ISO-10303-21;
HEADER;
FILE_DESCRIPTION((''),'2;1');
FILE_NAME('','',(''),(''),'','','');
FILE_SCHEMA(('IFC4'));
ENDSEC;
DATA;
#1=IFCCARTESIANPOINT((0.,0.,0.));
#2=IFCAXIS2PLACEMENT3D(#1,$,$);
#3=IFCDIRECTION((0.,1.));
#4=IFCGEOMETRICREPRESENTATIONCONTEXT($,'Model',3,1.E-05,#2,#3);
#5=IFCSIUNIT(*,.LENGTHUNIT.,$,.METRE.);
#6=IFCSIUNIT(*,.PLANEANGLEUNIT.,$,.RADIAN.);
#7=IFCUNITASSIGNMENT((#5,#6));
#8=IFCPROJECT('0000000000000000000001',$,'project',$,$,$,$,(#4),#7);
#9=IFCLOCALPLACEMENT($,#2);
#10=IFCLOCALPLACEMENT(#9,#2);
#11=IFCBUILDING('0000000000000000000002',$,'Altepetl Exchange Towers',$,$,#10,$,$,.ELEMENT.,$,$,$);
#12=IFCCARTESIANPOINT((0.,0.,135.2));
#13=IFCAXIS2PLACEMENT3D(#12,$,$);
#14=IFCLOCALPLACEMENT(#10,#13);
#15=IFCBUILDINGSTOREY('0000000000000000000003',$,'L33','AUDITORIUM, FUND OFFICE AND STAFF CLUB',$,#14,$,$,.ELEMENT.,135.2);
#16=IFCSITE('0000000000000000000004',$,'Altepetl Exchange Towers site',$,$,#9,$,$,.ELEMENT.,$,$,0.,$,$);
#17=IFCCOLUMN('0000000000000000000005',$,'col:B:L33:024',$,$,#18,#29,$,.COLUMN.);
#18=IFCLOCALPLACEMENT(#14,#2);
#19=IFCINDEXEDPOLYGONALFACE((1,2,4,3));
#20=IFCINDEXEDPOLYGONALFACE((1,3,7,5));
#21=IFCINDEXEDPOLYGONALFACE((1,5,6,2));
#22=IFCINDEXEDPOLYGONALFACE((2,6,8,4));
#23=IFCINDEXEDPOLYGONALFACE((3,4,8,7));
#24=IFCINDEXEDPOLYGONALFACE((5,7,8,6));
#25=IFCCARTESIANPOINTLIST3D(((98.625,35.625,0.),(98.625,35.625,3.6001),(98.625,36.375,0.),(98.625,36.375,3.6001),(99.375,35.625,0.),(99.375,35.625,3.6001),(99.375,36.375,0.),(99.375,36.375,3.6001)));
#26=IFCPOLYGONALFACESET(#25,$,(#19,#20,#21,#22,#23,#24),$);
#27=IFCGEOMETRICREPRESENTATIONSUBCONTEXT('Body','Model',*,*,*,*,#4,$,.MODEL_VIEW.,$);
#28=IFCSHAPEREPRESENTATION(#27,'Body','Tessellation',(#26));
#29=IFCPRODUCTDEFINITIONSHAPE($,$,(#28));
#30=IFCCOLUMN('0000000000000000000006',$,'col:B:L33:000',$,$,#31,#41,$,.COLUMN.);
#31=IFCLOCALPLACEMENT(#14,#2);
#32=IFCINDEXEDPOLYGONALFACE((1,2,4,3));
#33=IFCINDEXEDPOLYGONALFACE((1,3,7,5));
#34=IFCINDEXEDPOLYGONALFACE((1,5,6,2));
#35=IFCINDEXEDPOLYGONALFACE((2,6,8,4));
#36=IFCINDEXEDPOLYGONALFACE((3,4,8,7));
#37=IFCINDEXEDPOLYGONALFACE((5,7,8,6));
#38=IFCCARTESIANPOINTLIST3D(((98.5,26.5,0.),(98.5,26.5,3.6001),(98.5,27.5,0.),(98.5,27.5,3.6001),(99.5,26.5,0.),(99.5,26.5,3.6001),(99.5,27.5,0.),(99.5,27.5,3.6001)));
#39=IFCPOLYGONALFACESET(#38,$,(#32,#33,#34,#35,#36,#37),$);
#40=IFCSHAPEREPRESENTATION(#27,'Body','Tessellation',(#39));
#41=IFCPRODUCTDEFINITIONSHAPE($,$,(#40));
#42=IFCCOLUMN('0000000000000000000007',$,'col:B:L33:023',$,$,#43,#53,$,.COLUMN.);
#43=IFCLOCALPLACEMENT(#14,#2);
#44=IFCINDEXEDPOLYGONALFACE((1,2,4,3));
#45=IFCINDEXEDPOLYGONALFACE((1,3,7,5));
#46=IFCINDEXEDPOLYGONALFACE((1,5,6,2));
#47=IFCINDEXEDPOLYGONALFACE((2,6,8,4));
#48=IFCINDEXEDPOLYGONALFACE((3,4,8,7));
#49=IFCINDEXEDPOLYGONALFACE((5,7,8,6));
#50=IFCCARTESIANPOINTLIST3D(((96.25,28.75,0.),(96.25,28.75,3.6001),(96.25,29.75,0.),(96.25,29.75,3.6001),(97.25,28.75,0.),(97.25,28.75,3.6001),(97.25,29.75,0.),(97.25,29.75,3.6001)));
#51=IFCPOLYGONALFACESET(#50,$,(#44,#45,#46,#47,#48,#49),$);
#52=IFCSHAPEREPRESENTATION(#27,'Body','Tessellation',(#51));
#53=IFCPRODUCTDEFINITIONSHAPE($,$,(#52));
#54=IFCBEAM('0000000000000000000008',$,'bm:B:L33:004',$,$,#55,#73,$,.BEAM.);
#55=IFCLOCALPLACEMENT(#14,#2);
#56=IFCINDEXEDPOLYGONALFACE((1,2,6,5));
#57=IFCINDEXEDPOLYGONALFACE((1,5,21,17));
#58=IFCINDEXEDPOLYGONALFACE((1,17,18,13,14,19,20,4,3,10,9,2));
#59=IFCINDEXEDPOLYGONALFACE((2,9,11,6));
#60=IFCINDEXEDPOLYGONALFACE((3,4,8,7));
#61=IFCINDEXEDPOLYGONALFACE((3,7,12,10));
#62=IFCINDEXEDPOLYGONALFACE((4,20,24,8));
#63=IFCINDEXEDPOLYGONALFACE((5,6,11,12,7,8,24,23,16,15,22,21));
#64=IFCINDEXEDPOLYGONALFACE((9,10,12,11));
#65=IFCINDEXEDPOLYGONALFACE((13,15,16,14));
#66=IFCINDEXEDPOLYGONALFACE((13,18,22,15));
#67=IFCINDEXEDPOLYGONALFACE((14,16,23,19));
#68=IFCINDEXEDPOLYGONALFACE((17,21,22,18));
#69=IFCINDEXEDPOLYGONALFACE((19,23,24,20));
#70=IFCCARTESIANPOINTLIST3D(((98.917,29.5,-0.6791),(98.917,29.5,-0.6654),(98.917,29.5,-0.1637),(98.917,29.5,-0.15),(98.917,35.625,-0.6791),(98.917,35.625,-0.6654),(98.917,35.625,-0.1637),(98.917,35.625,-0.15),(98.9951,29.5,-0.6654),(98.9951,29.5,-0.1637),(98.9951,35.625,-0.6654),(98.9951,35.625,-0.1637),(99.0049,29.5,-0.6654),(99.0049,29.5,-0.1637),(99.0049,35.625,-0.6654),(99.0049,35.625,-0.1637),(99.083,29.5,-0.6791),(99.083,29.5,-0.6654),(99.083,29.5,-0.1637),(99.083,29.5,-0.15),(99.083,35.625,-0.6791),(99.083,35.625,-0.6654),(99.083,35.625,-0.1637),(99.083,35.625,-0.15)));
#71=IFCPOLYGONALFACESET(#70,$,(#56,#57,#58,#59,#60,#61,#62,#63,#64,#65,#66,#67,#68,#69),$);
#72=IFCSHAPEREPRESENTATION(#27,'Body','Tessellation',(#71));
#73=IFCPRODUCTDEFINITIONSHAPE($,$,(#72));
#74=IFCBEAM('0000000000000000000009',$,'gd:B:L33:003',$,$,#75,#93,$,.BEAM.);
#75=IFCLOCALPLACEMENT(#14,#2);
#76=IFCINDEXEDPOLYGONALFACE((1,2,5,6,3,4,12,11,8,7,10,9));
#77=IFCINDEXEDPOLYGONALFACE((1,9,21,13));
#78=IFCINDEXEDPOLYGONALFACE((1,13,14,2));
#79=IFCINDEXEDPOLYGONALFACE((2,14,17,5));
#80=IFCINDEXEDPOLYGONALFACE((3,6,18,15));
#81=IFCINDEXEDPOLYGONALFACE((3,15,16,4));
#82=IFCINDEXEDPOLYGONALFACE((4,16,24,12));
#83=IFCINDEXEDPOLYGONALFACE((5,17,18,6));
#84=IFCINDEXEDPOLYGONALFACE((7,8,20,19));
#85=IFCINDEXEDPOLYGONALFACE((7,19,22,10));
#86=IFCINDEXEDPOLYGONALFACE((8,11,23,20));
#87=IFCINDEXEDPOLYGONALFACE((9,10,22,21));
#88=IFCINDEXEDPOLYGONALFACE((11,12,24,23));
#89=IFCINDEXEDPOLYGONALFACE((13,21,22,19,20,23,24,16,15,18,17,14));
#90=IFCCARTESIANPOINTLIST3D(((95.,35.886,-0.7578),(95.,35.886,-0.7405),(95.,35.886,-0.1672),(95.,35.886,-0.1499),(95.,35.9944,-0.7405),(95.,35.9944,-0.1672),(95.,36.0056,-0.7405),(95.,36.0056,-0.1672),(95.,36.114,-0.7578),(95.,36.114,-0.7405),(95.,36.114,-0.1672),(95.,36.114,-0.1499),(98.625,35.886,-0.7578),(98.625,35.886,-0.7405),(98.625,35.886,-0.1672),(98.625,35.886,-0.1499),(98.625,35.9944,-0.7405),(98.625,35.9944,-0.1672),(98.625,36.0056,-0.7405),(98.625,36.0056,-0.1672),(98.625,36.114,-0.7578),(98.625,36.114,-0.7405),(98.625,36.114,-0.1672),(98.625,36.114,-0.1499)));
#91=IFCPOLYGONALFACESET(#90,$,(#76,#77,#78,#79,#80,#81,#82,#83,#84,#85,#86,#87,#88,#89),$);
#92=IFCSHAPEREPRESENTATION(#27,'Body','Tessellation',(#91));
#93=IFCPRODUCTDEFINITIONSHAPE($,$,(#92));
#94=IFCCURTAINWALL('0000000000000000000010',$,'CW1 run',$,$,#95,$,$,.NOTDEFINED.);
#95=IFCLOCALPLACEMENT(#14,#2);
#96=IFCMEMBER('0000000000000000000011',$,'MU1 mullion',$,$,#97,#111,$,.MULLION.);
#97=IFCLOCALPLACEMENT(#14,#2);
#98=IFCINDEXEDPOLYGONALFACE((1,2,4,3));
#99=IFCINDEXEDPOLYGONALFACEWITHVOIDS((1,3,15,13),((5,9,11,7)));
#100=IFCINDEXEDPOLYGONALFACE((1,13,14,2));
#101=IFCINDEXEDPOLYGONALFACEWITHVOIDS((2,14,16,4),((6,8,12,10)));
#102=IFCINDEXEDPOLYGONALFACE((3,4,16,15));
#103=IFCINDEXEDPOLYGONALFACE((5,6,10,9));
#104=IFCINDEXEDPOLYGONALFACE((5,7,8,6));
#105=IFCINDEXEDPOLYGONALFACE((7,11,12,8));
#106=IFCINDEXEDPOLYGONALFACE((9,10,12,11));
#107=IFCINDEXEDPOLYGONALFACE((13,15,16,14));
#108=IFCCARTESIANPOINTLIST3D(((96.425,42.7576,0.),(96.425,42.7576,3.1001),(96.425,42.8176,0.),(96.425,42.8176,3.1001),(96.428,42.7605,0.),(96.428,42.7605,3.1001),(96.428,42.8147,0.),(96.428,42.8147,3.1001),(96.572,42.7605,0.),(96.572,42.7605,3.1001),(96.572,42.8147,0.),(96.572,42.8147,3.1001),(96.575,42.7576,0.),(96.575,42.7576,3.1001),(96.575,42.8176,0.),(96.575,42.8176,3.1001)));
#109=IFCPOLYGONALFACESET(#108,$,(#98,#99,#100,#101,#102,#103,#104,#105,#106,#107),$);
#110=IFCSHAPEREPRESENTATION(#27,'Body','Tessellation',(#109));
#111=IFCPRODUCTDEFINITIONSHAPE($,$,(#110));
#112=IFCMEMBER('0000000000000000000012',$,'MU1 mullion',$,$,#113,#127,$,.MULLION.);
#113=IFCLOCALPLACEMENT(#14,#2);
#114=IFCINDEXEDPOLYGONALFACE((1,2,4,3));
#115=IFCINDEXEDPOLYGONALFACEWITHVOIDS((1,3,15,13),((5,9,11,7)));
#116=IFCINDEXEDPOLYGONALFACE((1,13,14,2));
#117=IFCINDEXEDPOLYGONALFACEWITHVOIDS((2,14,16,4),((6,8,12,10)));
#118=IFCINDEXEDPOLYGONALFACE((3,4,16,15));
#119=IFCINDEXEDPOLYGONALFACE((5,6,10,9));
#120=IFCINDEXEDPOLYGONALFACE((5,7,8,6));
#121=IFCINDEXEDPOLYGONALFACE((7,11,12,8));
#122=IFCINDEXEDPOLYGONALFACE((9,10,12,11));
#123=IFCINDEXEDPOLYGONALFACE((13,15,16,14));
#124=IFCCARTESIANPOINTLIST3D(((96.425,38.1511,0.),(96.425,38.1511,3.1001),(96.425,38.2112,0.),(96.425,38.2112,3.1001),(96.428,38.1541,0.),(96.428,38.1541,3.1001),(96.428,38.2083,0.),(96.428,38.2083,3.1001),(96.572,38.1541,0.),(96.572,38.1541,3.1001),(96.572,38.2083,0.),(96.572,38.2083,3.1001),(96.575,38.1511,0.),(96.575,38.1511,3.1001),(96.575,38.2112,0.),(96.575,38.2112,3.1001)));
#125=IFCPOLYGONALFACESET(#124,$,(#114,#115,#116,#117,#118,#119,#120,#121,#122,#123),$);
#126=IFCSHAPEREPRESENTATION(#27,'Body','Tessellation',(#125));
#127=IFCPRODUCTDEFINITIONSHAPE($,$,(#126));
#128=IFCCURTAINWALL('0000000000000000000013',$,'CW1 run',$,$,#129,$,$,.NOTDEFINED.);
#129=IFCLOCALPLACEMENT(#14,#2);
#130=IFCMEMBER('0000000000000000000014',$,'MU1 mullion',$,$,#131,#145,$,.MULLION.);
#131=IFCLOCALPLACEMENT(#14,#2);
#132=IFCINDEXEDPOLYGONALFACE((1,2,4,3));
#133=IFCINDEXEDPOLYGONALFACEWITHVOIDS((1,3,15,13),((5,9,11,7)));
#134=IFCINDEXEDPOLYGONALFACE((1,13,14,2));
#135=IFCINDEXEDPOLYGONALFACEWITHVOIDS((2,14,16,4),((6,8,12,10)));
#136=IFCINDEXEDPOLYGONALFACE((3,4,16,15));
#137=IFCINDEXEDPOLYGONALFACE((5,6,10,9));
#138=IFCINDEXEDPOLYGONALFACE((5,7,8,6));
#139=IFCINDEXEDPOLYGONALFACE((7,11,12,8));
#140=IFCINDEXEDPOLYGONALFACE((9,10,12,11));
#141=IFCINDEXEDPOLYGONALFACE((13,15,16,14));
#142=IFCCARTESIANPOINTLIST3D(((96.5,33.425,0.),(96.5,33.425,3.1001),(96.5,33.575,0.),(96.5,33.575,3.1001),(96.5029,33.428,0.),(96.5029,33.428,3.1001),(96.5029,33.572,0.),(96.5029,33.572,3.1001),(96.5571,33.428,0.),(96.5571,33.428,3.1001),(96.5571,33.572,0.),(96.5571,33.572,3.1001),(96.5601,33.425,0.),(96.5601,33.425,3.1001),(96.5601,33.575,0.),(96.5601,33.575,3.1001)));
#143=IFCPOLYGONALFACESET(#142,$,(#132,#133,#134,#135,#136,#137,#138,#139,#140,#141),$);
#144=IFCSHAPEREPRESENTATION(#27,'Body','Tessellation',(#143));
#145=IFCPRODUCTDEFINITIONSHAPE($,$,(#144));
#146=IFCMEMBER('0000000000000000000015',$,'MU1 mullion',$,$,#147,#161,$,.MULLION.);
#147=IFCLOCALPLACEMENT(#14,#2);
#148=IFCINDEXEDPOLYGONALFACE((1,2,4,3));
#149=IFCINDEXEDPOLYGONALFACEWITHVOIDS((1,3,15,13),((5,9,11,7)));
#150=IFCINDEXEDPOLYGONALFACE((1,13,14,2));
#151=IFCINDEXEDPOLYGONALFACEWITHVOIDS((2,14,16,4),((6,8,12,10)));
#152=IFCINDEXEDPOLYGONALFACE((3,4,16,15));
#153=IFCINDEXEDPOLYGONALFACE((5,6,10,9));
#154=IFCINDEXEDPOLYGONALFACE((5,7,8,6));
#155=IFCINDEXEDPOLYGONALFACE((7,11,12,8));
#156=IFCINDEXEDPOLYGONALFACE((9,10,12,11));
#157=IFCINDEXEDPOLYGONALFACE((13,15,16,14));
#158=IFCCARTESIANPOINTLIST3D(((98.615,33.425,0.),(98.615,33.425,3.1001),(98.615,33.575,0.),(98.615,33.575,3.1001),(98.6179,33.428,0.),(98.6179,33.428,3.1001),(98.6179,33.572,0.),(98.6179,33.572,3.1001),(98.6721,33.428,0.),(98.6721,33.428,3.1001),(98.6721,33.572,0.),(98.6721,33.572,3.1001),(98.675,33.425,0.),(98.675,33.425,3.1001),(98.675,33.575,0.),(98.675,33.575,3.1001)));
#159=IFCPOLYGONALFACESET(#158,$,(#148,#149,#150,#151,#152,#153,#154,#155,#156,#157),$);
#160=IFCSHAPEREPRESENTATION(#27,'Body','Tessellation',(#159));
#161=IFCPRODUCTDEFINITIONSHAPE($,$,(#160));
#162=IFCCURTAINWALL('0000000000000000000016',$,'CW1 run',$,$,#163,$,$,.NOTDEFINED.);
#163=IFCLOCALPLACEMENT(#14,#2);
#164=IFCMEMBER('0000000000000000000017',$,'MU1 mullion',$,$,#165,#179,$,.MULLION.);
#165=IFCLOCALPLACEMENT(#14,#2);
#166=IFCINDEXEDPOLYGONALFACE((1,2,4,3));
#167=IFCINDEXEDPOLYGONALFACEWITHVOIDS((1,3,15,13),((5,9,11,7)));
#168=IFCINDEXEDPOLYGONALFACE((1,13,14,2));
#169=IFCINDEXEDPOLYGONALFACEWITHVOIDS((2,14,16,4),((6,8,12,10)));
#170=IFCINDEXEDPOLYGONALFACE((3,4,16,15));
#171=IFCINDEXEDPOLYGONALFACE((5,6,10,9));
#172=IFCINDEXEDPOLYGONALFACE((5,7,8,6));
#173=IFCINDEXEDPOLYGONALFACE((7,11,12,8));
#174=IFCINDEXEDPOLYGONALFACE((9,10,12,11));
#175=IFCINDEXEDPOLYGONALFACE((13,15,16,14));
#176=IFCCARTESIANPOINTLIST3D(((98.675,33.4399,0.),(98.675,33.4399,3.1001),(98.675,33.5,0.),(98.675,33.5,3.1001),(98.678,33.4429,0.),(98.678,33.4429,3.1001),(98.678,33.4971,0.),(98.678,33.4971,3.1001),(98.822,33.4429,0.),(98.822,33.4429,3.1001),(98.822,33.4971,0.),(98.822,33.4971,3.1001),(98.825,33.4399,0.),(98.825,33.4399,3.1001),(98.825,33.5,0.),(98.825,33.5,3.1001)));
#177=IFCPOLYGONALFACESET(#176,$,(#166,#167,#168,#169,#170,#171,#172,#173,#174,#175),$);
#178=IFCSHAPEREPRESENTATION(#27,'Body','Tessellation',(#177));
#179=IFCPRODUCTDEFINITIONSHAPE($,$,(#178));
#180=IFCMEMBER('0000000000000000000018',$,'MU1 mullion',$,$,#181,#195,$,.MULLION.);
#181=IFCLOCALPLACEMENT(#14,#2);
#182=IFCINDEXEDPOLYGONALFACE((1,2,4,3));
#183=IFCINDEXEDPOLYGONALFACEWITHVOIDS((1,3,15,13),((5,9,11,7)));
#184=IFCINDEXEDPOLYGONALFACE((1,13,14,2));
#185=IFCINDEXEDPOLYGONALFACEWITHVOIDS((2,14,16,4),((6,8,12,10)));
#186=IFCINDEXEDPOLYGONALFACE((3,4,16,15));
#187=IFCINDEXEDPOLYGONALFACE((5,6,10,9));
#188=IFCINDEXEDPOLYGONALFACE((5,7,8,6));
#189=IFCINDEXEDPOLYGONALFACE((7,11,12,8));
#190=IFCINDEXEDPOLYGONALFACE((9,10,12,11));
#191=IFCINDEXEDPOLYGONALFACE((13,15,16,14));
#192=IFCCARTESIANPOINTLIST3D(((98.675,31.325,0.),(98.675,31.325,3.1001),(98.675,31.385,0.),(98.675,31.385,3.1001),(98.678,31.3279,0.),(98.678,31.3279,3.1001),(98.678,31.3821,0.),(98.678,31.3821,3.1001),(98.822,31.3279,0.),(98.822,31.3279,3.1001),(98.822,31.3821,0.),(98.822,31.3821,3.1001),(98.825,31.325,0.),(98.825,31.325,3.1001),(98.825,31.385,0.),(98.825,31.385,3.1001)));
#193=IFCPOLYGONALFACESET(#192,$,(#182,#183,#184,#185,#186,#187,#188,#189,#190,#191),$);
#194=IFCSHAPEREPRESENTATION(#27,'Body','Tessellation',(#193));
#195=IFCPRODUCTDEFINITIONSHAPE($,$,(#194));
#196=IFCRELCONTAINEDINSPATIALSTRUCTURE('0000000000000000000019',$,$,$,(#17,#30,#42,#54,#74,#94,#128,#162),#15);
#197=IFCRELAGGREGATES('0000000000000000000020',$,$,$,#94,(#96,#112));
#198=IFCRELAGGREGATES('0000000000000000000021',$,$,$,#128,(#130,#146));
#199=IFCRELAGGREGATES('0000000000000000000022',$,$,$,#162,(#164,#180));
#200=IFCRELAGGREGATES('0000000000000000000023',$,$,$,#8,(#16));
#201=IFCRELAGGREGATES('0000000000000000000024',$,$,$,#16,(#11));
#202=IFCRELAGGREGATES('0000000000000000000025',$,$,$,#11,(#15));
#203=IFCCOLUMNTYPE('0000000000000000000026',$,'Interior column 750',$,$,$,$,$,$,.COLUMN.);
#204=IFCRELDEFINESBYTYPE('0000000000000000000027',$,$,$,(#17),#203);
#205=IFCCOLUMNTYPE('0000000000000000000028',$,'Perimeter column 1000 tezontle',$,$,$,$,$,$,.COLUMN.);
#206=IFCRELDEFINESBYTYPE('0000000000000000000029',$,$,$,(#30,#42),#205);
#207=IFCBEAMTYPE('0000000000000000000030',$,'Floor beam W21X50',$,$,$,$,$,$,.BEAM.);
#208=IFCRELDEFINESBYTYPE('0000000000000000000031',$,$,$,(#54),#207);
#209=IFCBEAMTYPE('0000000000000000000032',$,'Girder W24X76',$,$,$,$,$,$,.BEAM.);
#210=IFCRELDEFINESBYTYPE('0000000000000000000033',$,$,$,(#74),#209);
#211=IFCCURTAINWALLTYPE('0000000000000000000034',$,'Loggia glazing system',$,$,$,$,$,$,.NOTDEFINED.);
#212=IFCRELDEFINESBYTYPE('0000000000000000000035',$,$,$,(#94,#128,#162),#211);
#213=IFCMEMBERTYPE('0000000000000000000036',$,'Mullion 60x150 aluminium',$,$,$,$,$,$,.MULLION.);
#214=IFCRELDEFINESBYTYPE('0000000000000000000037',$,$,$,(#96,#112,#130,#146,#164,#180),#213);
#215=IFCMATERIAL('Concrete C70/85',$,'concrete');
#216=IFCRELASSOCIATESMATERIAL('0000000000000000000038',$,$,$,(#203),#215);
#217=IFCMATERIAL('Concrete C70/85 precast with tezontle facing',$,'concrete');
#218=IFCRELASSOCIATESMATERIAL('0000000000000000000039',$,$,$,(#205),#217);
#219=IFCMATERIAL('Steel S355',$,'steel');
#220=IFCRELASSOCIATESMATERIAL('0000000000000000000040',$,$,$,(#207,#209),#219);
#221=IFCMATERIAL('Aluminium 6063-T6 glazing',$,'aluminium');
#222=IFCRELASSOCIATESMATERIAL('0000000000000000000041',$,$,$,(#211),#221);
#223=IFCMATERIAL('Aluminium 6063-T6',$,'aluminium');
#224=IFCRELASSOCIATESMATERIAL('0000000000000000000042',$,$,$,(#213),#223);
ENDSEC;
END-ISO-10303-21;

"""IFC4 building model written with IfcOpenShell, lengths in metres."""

from ifc_helpers import new_model, si_unit, direction, frame, origin, origin_2d, place, context, subcontext, project, spatial, rectangle, hollow_rectangle, i_section, extrude, material, material_profile, profile_set, type_object, element, aggregate, save


model = new_model("IFC4")

# Units and contexts
model_context = context("Model", 3, precision=1e-05, world=origin(), true_north=direction((0.0, 1.0)))
body_context = subcontext(model_context, "Body", "Model", "MODEL_VIEW")
ifc_project = project(units=[si_unit("LENGTHUNIT", "METRE"), si_unit("PLANEANGLEUNIT", "RADIAN")], contexts=[model_context])

# Site, building, storey
site_placement = place(None, origin())
site = spatial("IfcSite", under=ifc_project, at=site_placement, Name="Altepetl Exchange Towers site", CompositionType="ELEMENT", RefElevation=0.0)
building_placement = place(site_placement, origin())
building = spatial("IfcBuilding", under=site, at=building_placement, Name="Altepetl Exchange Towers", CompositionType="ELEMENT")
storey_placement = place(building_placement, frame((0.0, 0.0, 135.2)))
storey = spatial("IfcBuildingStorey", under=building, at=storey_placement, Name="L33", Description="AUDITORIUM, FUND OFFICE AND STAFF CLUB", CompositionType="ELEMENT", Elevation=135.2)

# Columns
ifc_material_1 = material(Name="Concrete C70/85", Category="concrete")
ifc_material_profile_1 = material_profile(ifc_material_1, rectangle(XDim=0.75, YDim=0.75, at=origin_2d()), Name="750 x 750")
ifc_profile_set_1 = profile_set([ifc_material_profile_1], Name="Concrete C70/85")
column_type_1 = type_object("IfcColumnType", Name="Interior column 750", PredefinedType="COLUMN", material=ifc_profile_set_1)
column_placement = place(storey_placement, frame((99.0, 36.0, 0.0)))
element("IfcColumn", 1, at=column_placement, inside=storey, type_object=column_type_1, Name="col:B:L33:024", PredefinedType="COLUMN", context=body_context, shape_type="SweptSolid", body=[
    extrude(rectangle(XDim=0.75, YDim=0.75, at=origin_2d()), origin(), (0.0, 0.0, 1.0), 3.6001),
])
ifc_material_2 = material(Name="Concrete C70/85 precast with tezontle facing", Category="concrete")
ifc_material_profile_2 = material_profile(ifc_material_2, rectangle(XDim=1.0, YDim=1.0, at=origin_2d()), Name="1000 x 1000")
ifc_profile_set_2 = profile_set([ifc_material_profile_2], Name="Concrete C70/85 precast with tezontle facing")
column_type_2 = type_object("IfcColumnType", Name="Perimeter column 1000 tezontle", PredefinedType="COLUMN", material=ifc_profile_set_2)
for number, where, name in (
    (2, (99.0, 27.0, 0.0), "col:B:L33:000"),
    (3, (96.75, 29.25, 0.0), "col:B:L33:023"),
):
    element("IfcColumn", number, at=place(storey_placement, frame(where)), inside=storey, type_object=column_type_2, Name=name, PredefinedType="COLUMN", context=body_context, shape_type="SweptSolid", body=[
        extrude(rectangle(XDim=1.0, YDim=1.0, at=origin_2d()), origin(), (0.0, 0.0, 1.0), 3.6001),
    ])

# Beams
ifc_material_3 = material(Name="Steel S355", Category="steel")
ifc_material_profile_3 = material_profile(ifc_material_3, i_section(OverallWidth=0.166, OverallDepth=0.5291, WebThickness=0.0098, FlangeThickness=0.0137, at=origin_2d()), Name="W21X50")
ifc_profile_set_3 = profile_set([ifc_material_profile_3], Name="Steel S355")
beam_type_1 = type_object("IfcBeamType", Name="Floor beam W21X50", PredefinedType="BEAM", material=ifc_profile_set_3)
beam_1_placement = place(storey_placement, frame((99.0, 29.5, -0.4146), z_axis=(0.0, 1.0, 0.0), x_axis=(-1.0, 0.0, 0.0)))
element("IfcBeam", 4, at=beam_1_placement, inside=storey, type_object=beam_type_1, Name="bm:B:L33:004", PredefinedType="BEAM", context=body_context, shape_type="SweptSolid", body=[
    extrude(i_section(OverallWidth=0.166, OverallDepth=0.5291, WebThickness=0.0098, FlangeThickness=0.0137, at=origin_2d()), origin(), (0.0, 0.0, 1.0), 6.125),
])
ifc_material_profile_4 = material_profile(ifc_material_3, i_section(OverallWidth=0.228, OverallDepth=0.6079, WebThickness=0.0112, FlangeThickness=0.0173, at=origin_2d()), Name="W24X76")
ifc_profile_set_4 = profile_set([ifc_material_profile_4], Name="Steel S355")
beam_type_2 = type_object("IfcBeamType", Name="Girder W24X76", PredefinedType="BEAM", material=ifc_profile_set_4)
beam_2_placement = place(storey_placement, frame((98.625, 36.0, -0.4539), z_axis=(-1.0, 0.0, 0.0), x_axis=(0.0, -1.0, 0.0)))
element("IfcBeam", 5, at=beam_2_placement, inside=storey, type_object=beam_type_2, Name="gd:B:L33:003", PredefinedType="BEAM", context=body_context, shape_type="SweptSolid", body=[
    extrude(i_section(OverallWidth=0.228, OverallDepth=0.6079, WebThickness=0.0112, FlangeThickness=0.0173, at=origin_2d()), origin(), (0.0, 0.0, 1.0), 3.625),
])

# Curtain walls, members
ifc_material_4 = material(Name="Aluminium 6063-T6 glazing", Category="aluminium")
curtain_wall_type = type_object("IfcCurtainWallType", Name="Loggia glazing system", PredefinedType="NOTDEFINED", material=ifc_material_4)
curtain_wall_1_placement = place(storey_placement, origin())
curtain_wall_1 = element("IfcCurtainWall", 6, at=curtain_wall_1_placement, inside=storey, type_object=curtain_wall_type, Name="CW1 run", PredefinedType="NOTDEFINED")
ifc_material_5 = material(Name="Aluminium 6063-T6", Category="aluminium")
ifc_material_profile_5 = material_profile(ifc_material_5, hollow_rectangle(XDim=0.0601, YDim=0.1499, WallThickness=0.0029, at=origin_2d()), Name="Mullion 60x150 aluminium")
ifc_profile_set_5 = profile_set([ifc_material_profile_5], Name="Aluminium 6063-T6")
member_type = type_object("IfcMemberType", Name="Mullion 60x150 aluminium", PredefinedType="MULLION", material=ifc_profile_set_5)
member_1_placement = place(storey_placement, frame((96.5, 42.7876, 0.0), z_axis=(0.0, 0.0, 1.0), x_axis=(0.0, -1.0, 0.0)))
member_1 = element("IfcMember", 7, at=member_1_placement, type_object=member_type, Name="MU1 mullion", PredefinedType="MULLION", context=body_context, shape_type="SweptSolid", body=[
    extrude(hollow_rectangle(XDim=0.0601, YDim=0.1499, WallThickness=0.0029, at=origin_2d()), origin(), (0.0, 0.0, 1.0), 3.1001),
])
member_2_placement = place(storey_placement, frame((96.5, 38.1812, 0.0), z_axis=(0.0, 0.0, 1.0), x_axis=(0.0, -1.0, 0.0)))
member_2 = element("IfcMember", 8, at=member_2_placement, type_object=member_type, Name="MU1 mullion", PredefinedType="MULLION", context=body_context, shape_type="SweptSolid", body=[
    extrude(hollow_rectangle(XDim=0.0601, YDim=0.1499, WallThickness=0.0029, at=origin_2d()), origin(), (0.0, 0.0, 1.0), 3.1001),
])
curtain_wall_2_placement = place(storey_placement, origin())
curtain_wall_2 = element("IfcCurtainWall", 9, at=curtain_wall_2_placement, inside=storey, type_object=curtain_wall_type, Name="CW1 run", PredefinedType="NOTDEFINED")
member_3_placement = place(storey_placement, frame((96.53, 33.5, 0.0)))
member_3 = element("IfcMember", 10, at=member_3_placement, type_object=member_type, Name="MU1 mullion", PredefinedType="MULLION", context=body_context, shape_type="SweptSolid", body=[
    extrude(hollow_rectangle(XDim=0.0601, YDim=0.1499, WallThickness=0.0029, at=origin_2d()), origin(), (0.0, 0.0, 1.0), 3.1001),
])
member_4_placement = place(storey_placement, frame((98.645, 33.5, 0.0)))
member_4 = element("IfcMember", 11, at=member_4_placement, type_object=member_type, Name="MU1 mullion", PredefinedType="MULLION", context=body_context, shape_type="SweptSolid", body=[
    extrude(hollow_rectangle(XDim=0.0601, YDim=0.1499, WallThickness=0.0029, at=origin_2d()), origin(), (0.0, 0.0, 1.0), 3.1001),
])
curtain_wall_3_placement = place(storey_placement, origin())
curtain_wall_3 = element("IfcCurtainWall", 12, at=curtain_wall_3_placement, inside=storey, type_object=curtain_wall_type, Name="CW1 run", PredefinedType="NOTDEFINED")
member_5_placement = place(storey_placement, frame((98.75, 33.47, 0.0), z_axis=(0.0, 0.0, 1.0), x_axis=(0.0, -1.0, 0.0)))
member_5 = element("IfcMember", 13, at=member_5_placement, type_object=member_type, Name="MU1 mullion", PredefinedType="MULLION", context=body_context, shape_type="SweptSolid", body=[
    extrude(hollow_rectangle(XDim=0.0601, YDim=0.1499, WallThickness=0.0029, at=origin_2d()), origin(), (0.0, 0.0, 1.0), 3.1001),
])
member_6_placement = place(storey_placement, frame((98.75, 31.355, 0.0), z_axis=(0.0, 0.0, 1.0), x_axis=(0.0, -1.0, 0.0)))
member_6 = element("IfcMember", 14, at=member_6_placement, type_object=member_type, Name="MU1 mullion", PredefinedType="MULLION", context=body_context, shape_type="SweptSolid", body=[
    extrude(hollow_rectangle(XDim=0.0601, YDim=0.1499, WallThickness=0.0029, at=origin_2d()), origin(), (0.0, 0.0, 1.0), 3.1001),
])

aggregate(curtain_wall_1, [member_1, member_2])
aggregate(curtain_wall_2, [member_3, member_4])
aggregate(curtain_wall_3, [member_5, member_6])

save(model, "model.ifc")
